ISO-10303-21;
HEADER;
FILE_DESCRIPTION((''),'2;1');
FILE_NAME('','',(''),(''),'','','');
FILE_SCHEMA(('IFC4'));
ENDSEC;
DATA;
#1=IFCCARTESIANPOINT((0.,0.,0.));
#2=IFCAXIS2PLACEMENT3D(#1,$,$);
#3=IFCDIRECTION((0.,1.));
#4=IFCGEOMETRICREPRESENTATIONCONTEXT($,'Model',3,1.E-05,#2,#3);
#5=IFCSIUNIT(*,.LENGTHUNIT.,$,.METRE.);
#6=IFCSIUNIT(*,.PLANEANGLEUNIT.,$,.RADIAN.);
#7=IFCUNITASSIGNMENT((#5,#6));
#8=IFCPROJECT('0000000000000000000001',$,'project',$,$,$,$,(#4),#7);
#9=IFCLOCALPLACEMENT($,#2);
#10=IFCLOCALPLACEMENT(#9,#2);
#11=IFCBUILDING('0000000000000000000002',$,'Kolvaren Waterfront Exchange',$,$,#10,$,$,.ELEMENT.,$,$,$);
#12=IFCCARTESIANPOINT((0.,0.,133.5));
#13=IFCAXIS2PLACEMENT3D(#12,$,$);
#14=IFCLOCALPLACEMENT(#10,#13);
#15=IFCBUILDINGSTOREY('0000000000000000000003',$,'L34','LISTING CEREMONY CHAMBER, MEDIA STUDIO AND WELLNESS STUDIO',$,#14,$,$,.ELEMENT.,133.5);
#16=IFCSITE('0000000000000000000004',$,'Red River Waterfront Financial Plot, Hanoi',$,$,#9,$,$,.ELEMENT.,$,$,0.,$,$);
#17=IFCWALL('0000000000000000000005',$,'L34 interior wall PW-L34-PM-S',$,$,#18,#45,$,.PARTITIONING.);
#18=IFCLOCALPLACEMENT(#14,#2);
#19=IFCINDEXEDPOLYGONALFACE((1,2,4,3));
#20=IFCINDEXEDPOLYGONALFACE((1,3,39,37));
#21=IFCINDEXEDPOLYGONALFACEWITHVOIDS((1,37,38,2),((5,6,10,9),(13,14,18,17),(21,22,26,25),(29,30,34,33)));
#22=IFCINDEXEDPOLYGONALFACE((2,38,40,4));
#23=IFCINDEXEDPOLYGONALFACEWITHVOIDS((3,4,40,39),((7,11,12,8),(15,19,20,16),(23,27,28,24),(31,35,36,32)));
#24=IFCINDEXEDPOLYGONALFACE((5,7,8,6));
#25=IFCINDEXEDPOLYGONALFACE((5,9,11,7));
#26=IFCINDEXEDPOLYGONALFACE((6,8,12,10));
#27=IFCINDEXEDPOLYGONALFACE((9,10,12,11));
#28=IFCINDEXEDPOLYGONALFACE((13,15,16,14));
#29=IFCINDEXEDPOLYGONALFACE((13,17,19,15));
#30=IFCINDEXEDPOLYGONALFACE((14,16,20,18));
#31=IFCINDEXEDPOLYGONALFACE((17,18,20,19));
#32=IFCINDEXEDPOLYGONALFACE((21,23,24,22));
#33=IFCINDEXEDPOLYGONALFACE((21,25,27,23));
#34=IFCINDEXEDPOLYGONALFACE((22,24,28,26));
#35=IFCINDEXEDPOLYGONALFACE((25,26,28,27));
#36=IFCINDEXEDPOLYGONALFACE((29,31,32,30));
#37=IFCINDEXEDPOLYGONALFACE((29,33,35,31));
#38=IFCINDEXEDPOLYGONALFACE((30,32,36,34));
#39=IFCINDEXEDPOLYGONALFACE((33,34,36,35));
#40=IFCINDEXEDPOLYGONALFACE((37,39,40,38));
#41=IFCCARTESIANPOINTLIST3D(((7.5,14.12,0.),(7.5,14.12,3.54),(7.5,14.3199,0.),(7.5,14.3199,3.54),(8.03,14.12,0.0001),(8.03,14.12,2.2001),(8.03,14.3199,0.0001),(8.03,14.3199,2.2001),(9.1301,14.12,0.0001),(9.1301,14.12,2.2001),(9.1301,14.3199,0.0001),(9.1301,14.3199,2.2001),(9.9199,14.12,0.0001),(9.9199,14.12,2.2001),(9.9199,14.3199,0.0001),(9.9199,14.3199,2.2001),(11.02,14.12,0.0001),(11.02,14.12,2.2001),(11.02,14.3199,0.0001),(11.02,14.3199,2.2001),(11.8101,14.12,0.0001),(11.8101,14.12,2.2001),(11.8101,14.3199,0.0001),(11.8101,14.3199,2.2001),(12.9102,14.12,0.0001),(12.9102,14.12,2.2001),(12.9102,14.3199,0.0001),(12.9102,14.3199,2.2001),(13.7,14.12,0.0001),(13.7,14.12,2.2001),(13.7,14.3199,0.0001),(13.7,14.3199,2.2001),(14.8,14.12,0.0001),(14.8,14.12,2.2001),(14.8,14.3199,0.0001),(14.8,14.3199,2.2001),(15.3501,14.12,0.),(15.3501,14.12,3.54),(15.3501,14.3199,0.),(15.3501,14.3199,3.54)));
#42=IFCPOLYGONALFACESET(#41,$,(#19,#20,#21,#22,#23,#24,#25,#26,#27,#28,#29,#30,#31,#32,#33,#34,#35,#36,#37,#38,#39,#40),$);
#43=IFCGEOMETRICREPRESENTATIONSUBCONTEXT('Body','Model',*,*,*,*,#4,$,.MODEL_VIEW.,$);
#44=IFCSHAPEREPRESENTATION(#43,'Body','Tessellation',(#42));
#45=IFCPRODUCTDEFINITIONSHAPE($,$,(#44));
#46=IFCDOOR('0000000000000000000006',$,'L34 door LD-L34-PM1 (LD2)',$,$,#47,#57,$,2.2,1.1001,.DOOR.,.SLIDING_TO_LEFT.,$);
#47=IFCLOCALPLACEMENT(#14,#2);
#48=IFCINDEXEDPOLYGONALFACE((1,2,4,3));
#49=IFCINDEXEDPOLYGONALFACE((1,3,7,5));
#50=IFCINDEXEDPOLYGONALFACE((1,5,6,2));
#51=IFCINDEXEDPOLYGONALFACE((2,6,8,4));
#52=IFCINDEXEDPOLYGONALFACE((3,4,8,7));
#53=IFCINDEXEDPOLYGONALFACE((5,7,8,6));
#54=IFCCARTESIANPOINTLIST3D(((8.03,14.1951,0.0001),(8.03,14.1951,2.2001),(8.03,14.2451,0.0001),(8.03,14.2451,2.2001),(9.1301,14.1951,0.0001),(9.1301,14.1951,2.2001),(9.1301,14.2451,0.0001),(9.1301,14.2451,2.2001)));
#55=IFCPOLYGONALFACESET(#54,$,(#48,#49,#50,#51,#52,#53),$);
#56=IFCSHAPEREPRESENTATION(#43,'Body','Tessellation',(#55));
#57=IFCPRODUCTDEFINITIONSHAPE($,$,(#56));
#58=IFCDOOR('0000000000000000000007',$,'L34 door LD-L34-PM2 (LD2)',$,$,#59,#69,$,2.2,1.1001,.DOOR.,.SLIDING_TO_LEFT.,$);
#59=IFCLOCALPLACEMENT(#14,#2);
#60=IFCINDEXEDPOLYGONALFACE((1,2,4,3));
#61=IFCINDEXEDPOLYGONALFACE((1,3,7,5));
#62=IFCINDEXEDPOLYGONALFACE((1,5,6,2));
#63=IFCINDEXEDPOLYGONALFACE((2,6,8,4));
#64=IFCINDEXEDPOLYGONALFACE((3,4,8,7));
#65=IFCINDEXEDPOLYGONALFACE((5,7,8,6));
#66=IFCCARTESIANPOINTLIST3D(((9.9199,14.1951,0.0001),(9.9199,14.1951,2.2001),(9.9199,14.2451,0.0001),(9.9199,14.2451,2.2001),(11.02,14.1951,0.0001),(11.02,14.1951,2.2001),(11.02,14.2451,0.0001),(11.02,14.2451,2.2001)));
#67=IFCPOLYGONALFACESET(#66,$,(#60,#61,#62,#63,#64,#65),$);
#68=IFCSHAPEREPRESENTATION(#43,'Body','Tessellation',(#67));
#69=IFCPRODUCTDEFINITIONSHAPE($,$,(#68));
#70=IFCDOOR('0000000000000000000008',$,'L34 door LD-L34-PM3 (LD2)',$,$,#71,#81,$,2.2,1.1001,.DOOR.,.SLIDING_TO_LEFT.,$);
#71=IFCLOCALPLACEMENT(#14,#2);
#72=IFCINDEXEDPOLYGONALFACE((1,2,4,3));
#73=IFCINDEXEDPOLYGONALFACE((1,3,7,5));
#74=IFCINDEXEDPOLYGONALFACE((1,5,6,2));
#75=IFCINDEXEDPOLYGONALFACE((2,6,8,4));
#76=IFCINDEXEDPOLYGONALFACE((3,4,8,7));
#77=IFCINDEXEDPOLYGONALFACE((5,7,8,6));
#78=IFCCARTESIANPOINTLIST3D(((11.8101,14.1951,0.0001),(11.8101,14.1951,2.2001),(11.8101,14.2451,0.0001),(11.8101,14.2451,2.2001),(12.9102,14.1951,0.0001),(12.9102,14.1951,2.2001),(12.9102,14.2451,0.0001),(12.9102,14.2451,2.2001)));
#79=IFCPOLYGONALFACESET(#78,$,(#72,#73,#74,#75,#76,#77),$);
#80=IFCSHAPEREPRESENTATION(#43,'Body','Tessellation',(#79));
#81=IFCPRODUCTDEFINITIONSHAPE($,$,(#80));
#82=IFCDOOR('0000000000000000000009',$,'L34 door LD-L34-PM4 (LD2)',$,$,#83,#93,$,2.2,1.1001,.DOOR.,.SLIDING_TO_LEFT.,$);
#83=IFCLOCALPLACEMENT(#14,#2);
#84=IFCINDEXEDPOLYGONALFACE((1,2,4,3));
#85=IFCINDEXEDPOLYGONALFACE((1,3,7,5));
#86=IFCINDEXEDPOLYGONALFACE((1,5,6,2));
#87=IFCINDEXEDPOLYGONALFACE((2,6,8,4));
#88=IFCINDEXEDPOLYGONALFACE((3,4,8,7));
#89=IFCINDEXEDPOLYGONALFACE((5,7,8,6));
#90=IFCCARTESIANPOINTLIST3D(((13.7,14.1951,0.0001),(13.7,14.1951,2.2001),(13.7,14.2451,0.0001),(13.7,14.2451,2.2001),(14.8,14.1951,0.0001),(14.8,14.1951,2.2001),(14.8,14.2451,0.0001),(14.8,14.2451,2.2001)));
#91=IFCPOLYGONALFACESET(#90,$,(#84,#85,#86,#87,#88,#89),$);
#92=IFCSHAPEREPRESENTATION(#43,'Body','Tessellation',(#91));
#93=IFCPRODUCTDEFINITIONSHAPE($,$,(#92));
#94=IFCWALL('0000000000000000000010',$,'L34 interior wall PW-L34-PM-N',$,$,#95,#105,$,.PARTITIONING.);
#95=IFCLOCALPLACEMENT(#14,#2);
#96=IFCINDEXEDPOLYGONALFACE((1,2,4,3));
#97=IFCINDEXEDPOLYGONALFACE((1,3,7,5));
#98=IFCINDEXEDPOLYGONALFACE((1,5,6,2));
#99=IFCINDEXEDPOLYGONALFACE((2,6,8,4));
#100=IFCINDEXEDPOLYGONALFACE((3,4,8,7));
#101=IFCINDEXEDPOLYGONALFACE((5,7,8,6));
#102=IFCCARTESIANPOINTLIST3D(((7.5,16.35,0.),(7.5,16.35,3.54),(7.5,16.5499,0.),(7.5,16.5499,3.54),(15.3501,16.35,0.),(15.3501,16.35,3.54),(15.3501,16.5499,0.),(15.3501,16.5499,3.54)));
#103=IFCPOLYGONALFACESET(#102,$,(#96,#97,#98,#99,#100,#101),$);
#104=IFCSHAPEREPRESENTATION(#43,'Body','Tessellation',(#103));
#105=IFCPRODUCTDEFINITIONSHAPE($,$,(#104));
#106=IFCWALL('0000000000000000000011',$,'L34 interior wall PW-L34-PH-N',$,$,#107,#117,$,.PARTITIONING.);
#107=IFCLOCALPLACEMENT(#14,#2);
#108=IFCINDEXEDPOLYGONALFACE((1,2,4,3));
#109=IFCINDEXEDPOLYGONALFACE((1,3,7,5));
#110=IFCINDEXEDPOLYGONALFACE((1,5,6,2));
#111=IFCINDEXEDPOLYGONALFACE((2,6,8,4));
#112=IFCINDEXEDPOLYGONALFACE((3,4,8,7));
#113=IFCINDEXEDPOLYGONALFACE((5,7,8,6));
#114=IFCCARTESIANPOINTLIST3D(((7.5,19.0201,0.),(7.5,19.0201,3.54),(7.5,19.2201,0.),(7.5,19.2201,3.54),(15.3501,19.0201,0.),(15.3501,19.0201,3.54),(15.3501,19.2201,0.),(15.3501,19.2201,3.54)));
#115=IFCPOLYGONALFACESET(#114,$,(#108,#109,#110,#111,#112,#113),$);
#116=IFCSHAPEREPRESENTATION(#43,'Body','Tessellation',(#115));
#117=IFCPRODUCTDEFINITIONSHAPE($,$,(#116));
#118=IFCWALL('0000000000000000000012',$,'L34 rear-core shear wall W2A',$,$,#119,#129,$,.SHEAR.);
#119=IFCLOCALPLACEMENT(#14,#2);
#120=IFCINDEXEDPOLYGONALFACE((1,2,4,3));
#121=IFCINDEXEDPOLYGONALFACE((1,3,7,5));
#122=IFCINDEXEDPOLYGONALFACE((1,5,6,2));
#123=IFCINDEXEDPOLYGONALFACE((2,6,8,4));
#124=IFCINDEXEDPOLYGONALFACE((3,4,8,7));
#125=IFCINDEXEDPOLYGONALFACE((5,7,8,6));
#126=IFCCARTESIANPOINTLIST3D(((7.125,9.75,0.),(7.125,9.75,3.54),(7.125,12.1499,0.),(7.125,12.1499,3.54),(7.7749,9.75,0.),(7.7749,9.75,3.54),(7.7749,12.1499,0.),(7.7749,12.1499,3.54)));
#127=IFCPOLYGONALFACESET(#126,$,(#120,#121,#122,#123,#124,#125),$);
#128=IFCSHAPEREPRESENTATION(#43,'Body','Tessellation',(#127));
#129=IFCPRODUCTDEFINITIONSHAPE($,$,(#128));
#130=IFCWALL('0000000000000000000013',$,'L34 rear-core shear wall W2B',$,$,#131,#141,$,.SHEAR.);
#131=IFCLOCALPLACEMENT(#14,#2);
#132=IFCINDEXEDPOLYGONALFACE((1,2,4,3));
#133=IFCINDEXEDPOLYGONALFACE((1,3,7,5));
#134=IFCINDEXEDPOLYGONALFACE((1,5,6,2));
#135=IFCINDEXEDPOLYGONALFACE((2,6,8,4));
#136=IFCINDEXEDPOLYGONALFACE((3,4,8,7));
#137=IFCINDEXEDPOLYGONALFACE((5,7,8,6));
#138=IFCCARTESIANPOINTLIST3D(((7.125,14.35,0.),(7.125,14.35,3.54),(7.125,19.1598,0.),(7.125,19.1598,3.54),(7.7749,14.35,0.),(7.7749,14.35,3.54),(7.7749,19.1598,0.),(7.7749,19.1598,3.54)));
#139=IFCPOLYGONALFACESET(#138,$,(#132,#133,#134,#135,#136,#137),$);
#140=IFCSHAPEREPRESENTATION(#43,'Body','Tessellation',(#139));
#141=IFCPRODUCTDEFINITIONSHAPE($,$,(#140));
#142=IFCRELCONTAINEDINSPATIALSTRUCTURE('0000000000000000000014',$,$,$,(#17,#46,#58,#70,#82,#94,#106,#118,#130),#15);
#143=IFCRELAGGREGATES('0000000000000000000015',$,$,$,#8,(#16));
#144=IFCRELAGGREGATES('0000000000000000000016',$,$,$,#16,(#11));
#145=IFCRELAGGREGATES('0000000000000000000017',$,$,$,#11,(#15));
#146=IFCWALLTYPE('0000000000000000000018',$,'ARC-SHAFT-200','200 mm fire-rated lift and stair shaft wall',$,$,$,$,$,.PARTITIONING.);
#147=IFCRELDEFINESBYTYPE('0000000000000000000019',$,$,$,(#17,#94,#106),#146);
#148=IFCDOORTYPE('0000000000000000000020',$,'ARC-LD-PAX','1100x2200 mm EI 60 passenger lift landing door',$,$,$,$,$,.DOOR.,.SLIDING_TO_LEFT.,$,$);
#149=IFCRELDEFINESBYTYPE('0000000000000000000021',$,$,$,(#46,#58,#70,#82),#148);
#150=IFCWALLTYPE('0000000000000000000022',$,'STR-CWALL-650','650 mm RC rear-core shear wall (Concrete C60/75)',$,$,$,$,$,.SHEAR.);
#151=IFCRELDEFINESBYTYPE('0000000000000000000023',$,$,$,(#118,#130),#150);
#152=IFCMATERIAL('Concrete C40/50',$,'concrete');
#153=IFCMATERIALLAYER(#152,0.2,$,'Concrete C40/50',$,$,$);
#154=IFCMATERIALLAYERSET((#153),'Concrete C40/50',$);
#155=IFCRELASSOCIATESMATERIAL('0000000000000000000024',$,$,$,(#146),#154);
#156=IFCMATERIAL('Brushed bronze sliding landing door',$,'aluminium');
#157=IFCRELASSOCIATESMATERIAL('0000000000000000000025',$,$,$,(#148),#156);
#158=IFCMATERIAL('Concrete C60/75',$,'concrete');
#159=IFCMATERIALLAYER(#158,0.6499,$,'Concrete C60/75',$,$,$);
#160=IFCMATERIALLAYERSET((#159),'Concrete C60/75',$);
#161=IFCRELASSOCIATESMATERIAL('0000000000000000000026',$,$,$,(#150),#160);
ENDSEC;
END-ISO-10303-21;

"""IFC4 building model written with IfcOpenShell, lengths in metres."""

from ifc_helpers import new_model, si_unit, direction, frame, frame_2d, origin, place, context, subcontext, project, spatial, rectangle, extrude, material, layer, layer_set, type_object, element, fill, save


model = new_model("IFC4")

# Units and contexts
model_context = context("Model", 3, precision=1e-05, world=origin(), true_north=direction((0.0, 1.0)))
body_context = subcontext(model_context, "Body", "Model", "MODEL_VIEW")
ifc_project = project(units=[si_unit("LENGTHUNIT", "METRE"), si_unit("PLANEANGLEUNIT", "RADIAN")], contexts=[model_context])

# Site, building, storey
site_placement = place(None, origin())
site = spatial("IfcSite", under=ifc_project, at=site_placement, Name="Red River Waterfront Financial Plot, Hanoi", CompositionType="ELEMENT", RefElevation=0.0)
building_placement = place(site_placement, origin())
building = spatial("IfcBuilding", under=site, at=building_placement, Name="Kolvaren Waterfront Exchange", CompositionType="ELEMENT")
storey_placement = place(building_placement, frame((0.0, 0.0, 133.5)))
storey = spatial("IfcBuildingStorey", under=building, at=storey_placement, Name="L34", Description="LISTING CEREMONY CHAMBER, MEDIA STUDIO AND WELLNESS STUDIO", CompositionType="ELEMENT", Elevation=133.5)

# Shared definitions
ifc_material_1 = material(Name="Concrete C60/75", Category="concrete")

# Wall, openings, doors
ifc_material_2 = material(Name="Concrete C40/50", Category="concrete")
ifc_layer_1 = layer(ifc_material_2, 0.2, Name="Concrete C40/50")
ifc_layer_set_1 = layer_set([ifc_layer_1], Name="Concrete C40/50")
wall_type_1 = type_object("IfcWallType", Name="ARC-SHAFT-200", Description="200 mm fire-rated lift and stair shaft wall", PredefinedType="PARTITIONING", material=ifc_layer_set_1)
wall_1_placement = place(storey_placement, frame((7.5, 14.22, 0.0), z_axis=(0.0, 0.0, 1.0), x_axis=(1.0, 0.0, 0.0)))
wall_1 = element("IfcWall", 1, at=wall_1_placement, inside=storey, type_object=wall_type_1, Name="L34 interior wall PW-L34-PM-S", PredefinedType="PARTITIONING", context=body_context, shape_type="SweptSolid", body=[
    extrude(rectangle(XDim=7.8501, YDim=0.2, at=frame_2d((3.925, 0.0))), origin(), (0.0, 0.0, 1.0), 3.54),
])
opening_1_placement = place(wall_1_placement, frame((0.53, 0.0, 0.0)))
opening_1 = element("IfcOpeningElement", 2, at=opening_1_placement, cuts=wall_1, PredefinedType="OPENING", context=body_context, shape_type="SweptSolid", body=[
    extrude(rectangle(XDim=1.1001, YDim=2.2, at=frame_2d((0.55, 1.1001))), frame((0.0, 0.1099, 0.0), z_axis=(0.0, -1.0, 0.0), x_axis=(1.0, 0.0, 0.0)), (0.0, 0.0, 1.0), 0.22),
])
opening_2_placement = place(wall_1_placement, frame((2.4199, 0.0, 0.0)))
opening_2 = element("IfcOpeningElement", 3, at=opening_2_placement, cuts=wall_1, PredefinedType="OPENING", context=body_context, shape_type="SweptSolid", body=[
    extrude(rectangle(XDim=1.1001, YDim=2.2, at=frame_2d((0.55, 1.1001))), frame((0.0, 0.1099, 0.0), z_axis=(0.0, -1.0, 0.0), x_axis=(1.0, 0.0, 0.0)), (0.0, 0.0, 1.0), 0.22),
])
opening_3_placement = place(wall_1_placement, frame((4.3101, 0.0, 0.0)))
opening_3 = element("IfcOpeningElement", 4, at=opening_3_placement, cuts=wall_1, PredefinedType="OPENING", context=body_context, shape_type="SweptSolid", body=[
    extrude(rectangle(XDim=1.1001, YDim=2.2, at=frame_2d((0.55, 1.1001))), frame((0.0, 0.1099, 0.0), z_axis=(0.0, -1.0, 0.0), x_axis=(1.0, 0.0, 0.0)), (0.0, 0.0, 1.0), 0.22),
])
opening_4_placement = place(wall_1_placement, frame((6.2, 0.0, 0.0)))
opening_4 = element("IfcOpeningElement", 5, at=opening_4_placement, cuts=wall_1, PredefinedType="OPENING", context=body_context, shape_type="SweptSolid", body=[
    extrude(rectangle(XDim=1.1001, YDim=2.2, at=frame_2d((0.55, 1.1001))), frame((0.0, 0.1099, 0.0), z_axis=(0.0, -1.0, 0.0), x_axis=(1.0, 0.0, 0.0)), (0.0, 0.0, 1.0), 0.22),
])
ifc_material_3 = material(Name="Brushed bronze sliding landing door", Category="aluminium")
door_type_1 = type_object("IfcDoorType", Name="ARC-LD-PAX", Description="1100x2200 mm EI 60 passenger lift landing door", OperationType="SLIDING_TO_LEFT", PredefinedType="DOOR", material=ifc_material_3)
door_1_placement = place(opening_1_placement, frame((1.1001, 0.0, 0.0), z_axis=(0.0, 0.0, 1.0), x_axis=(-1.0, 0.0, 0.0)))
door_1 = element("IfcDoor", 6, at=door_1_placement, inside=storey, type_object=door_type_1, Name="L34 door LD-L34-PM1 (LD2)", OperationType="SLIDING_TO_LEFT", OverallHeight=2.2, OverallWidth=1.1001, PredefinedType="DOOR", context=body_context, shape_type="SweptSolid", body=[
    extrude(rectangle(XDim=1.1001, YDim=2.2, at=frame_2d((0.55, 1.1001))), frame((0.0, 0.0249, 0.0), z_axis=(0.0, -1.0, 0.0), x_axis=(1.0, 0.0, 0.0)), (0.0, 0.0, 1.0), 0.05),
])
fill(opening_1, door_1)
door_2_placement = place(opening_2_placement, frame((1.1001, 0.0, 0.0), z_axis=(0.0, 0.0, 1.0), x_axis=(-1.0, 0.0, 0.0)))
door_2 = element("IfcDoor", 7, at=door_2_placement, inside=storey, type_object=door_type_1, Name="L34 door LD-L34-PM2 (LD2)", OperationType="SLIDING_TO_LEFT", OverallHeight=2.2, OverallWidth=1.1001, PredefinedType="DOOR", context=body_context, shape_type="SweptSolid", body=[
    extrude(rectangle(XDim=1.1001, YDim=2.2, at=frame_2d((0.55, 1.1001))), frame((0.0, 0.0249, 0.0), z_axis=(0.0, -1.0, 0.0), x_axis=(1.0, 0.0, 0.0)), (0.0, 0.0, 1.0), 0.05),
])
fill(opening_2, door_2)
door_3_placement = place(opening_3_placement, frame((1.1001, 0.0, 0.0), z_axis=(0.0, 0.0, 1.0), x_axis=(-1.0, 0.0, 0.0)))
door_3 = element("IfcDoor", 8, at=door_3_placement, inside=storey, type_object=door_type_1, Name="L34 door LD-L34-PM3 (LD2)", OperationType="SLIDING_TO_LEFT", OverallHeight=2.2, OverallWidth=1.1001, PredefinedType="DOOR", context=body_context, shape_type="SweptSolid", body=[
    extrude(rectangle(XDim=1.1001, YDim=2.2, at=frame_2d((0.55, 1.1001))), frame((0.0, 0.0249, 0.0), z_axis=(0.0, -1.0, 0.0), x_axis=(1.0, 0.0, 0.0)), (0.0, 0.0, 1.0), 0.05),
])
fill(opening_3, door_3)
door_4_placement = place(opening_4_placement, frame((1.1001, 0.0, 0.0), z_axis=(0.0, 0.0, 1.0), x_axis=(-1.0, 0.0, 0.0)))
door_4 = element("IfcDoor", 9, at=door_4_placement, inside=storey, type_object=door_type_1, Name="L34 door LD-L34-PM4 (LD2)", OperationType="SLIDING_TO_LEFT", OverallHeight=2.2, OverallWidth=1.1001, PredefinedType="DOOR", context=body_context, shape_type="SweptSolid", body=[
    extrude(rectangle(XDim=1.1001, YDim=2.2, at=frame_2d((0.55, 1.1001))), frame((0.0, 0.0249, 0.0), z_axis=(0.0, -1.0, 0.0), x_axis=(1.0, 0.0, 0.0)), (0.0, 0.0, 1.0), 0.05),
])
fill(opening_4, door_4)

# Walls
for number, where, z_axis, x_axis, name in (
    (10, (7.5, 16.45, 0.0), (0.0, 0.0, 1.0), (1.0, 0.0, 0.0), "L34 interior wall PW-L34-PM-N"),
    (11, (7.5, 19.1201, 0.0), (0.0, 0.0, 1.0), (1.0, 0.0, 0.0), "L34 interior wall PW-L34-PH-N"),
):
    element("IfcWall", number, at=place(storey_placement, frame(where, z_axis=z_axis, x_axis=x_axis)), inside=storey, type_object=wall_type_1, Name=name, PredefinedType="PARTITIONING", context=body_context, shape_type="SweptSolid", body=[
        extrude(rectangle(XDim=7.8501, YDim=0.2, at=frame_2d((3.925, 0.0))), origin(), (0.0, 0.0, 1.0), 3.54),
    ])
ifc_layer_2 = layer(ifc_material_1, 0.6499, Name="Concrete C60/75")
ifc_layer_set_2 = layer_set([ifc_layer_2], Name="Concrete C60/75")
wall_type_2 = type_object("IfcWallType", Name="STR-CWALL-650", Description="650 mm RC rear-core shear wall (Concrete C60/75)", PredefinedType="SHEAR", material=ifc_layer_set_2)
wall_2_placement = place(storey_placement, frame((7.45, 9.75, 0.0), z_axis=(0.0, 0.0, 1.0), x_axis=(0.0, 1.0, 0.0)))
element("IfcWall", 12, at=wall_2_placement, inside=storey, type_object=wall_type_2, Name="L34 rear-core shear wall W2A", PredefinedType="SHEAR", context=body_context, shape_type="SweptSolid", body=[
    extrude(rectangle(XDim=2.3999, YDim=0.6499, at=frame_2d((1.2, 0.0))), origin(), (0.0, 0.0, 1.0), 3.54),
])
wall_3_placement = place(storey_placement, frame((7.45, 14.3501, 0.0), z_axis=(0.0, 0.0, 1.0), x_axis=(0.0, 1.0, 0.0)))
element("IfcWall", 13, at=wall_3_placement, inside=storey, type_object=wall_type_2, Name="L34 rear-core shear wall W2B", PredefinedType="SHEAR", context=body_context, shape_type="SweptSolid", body=[
    extrude(rectangle(XDim=4.8098, YDim=0.6499, at=frame_2d((2.4048, 0.0))), origin(), (0.0, 0.0, 1.0), 3.54),
])

save(model, "model.ifc")
